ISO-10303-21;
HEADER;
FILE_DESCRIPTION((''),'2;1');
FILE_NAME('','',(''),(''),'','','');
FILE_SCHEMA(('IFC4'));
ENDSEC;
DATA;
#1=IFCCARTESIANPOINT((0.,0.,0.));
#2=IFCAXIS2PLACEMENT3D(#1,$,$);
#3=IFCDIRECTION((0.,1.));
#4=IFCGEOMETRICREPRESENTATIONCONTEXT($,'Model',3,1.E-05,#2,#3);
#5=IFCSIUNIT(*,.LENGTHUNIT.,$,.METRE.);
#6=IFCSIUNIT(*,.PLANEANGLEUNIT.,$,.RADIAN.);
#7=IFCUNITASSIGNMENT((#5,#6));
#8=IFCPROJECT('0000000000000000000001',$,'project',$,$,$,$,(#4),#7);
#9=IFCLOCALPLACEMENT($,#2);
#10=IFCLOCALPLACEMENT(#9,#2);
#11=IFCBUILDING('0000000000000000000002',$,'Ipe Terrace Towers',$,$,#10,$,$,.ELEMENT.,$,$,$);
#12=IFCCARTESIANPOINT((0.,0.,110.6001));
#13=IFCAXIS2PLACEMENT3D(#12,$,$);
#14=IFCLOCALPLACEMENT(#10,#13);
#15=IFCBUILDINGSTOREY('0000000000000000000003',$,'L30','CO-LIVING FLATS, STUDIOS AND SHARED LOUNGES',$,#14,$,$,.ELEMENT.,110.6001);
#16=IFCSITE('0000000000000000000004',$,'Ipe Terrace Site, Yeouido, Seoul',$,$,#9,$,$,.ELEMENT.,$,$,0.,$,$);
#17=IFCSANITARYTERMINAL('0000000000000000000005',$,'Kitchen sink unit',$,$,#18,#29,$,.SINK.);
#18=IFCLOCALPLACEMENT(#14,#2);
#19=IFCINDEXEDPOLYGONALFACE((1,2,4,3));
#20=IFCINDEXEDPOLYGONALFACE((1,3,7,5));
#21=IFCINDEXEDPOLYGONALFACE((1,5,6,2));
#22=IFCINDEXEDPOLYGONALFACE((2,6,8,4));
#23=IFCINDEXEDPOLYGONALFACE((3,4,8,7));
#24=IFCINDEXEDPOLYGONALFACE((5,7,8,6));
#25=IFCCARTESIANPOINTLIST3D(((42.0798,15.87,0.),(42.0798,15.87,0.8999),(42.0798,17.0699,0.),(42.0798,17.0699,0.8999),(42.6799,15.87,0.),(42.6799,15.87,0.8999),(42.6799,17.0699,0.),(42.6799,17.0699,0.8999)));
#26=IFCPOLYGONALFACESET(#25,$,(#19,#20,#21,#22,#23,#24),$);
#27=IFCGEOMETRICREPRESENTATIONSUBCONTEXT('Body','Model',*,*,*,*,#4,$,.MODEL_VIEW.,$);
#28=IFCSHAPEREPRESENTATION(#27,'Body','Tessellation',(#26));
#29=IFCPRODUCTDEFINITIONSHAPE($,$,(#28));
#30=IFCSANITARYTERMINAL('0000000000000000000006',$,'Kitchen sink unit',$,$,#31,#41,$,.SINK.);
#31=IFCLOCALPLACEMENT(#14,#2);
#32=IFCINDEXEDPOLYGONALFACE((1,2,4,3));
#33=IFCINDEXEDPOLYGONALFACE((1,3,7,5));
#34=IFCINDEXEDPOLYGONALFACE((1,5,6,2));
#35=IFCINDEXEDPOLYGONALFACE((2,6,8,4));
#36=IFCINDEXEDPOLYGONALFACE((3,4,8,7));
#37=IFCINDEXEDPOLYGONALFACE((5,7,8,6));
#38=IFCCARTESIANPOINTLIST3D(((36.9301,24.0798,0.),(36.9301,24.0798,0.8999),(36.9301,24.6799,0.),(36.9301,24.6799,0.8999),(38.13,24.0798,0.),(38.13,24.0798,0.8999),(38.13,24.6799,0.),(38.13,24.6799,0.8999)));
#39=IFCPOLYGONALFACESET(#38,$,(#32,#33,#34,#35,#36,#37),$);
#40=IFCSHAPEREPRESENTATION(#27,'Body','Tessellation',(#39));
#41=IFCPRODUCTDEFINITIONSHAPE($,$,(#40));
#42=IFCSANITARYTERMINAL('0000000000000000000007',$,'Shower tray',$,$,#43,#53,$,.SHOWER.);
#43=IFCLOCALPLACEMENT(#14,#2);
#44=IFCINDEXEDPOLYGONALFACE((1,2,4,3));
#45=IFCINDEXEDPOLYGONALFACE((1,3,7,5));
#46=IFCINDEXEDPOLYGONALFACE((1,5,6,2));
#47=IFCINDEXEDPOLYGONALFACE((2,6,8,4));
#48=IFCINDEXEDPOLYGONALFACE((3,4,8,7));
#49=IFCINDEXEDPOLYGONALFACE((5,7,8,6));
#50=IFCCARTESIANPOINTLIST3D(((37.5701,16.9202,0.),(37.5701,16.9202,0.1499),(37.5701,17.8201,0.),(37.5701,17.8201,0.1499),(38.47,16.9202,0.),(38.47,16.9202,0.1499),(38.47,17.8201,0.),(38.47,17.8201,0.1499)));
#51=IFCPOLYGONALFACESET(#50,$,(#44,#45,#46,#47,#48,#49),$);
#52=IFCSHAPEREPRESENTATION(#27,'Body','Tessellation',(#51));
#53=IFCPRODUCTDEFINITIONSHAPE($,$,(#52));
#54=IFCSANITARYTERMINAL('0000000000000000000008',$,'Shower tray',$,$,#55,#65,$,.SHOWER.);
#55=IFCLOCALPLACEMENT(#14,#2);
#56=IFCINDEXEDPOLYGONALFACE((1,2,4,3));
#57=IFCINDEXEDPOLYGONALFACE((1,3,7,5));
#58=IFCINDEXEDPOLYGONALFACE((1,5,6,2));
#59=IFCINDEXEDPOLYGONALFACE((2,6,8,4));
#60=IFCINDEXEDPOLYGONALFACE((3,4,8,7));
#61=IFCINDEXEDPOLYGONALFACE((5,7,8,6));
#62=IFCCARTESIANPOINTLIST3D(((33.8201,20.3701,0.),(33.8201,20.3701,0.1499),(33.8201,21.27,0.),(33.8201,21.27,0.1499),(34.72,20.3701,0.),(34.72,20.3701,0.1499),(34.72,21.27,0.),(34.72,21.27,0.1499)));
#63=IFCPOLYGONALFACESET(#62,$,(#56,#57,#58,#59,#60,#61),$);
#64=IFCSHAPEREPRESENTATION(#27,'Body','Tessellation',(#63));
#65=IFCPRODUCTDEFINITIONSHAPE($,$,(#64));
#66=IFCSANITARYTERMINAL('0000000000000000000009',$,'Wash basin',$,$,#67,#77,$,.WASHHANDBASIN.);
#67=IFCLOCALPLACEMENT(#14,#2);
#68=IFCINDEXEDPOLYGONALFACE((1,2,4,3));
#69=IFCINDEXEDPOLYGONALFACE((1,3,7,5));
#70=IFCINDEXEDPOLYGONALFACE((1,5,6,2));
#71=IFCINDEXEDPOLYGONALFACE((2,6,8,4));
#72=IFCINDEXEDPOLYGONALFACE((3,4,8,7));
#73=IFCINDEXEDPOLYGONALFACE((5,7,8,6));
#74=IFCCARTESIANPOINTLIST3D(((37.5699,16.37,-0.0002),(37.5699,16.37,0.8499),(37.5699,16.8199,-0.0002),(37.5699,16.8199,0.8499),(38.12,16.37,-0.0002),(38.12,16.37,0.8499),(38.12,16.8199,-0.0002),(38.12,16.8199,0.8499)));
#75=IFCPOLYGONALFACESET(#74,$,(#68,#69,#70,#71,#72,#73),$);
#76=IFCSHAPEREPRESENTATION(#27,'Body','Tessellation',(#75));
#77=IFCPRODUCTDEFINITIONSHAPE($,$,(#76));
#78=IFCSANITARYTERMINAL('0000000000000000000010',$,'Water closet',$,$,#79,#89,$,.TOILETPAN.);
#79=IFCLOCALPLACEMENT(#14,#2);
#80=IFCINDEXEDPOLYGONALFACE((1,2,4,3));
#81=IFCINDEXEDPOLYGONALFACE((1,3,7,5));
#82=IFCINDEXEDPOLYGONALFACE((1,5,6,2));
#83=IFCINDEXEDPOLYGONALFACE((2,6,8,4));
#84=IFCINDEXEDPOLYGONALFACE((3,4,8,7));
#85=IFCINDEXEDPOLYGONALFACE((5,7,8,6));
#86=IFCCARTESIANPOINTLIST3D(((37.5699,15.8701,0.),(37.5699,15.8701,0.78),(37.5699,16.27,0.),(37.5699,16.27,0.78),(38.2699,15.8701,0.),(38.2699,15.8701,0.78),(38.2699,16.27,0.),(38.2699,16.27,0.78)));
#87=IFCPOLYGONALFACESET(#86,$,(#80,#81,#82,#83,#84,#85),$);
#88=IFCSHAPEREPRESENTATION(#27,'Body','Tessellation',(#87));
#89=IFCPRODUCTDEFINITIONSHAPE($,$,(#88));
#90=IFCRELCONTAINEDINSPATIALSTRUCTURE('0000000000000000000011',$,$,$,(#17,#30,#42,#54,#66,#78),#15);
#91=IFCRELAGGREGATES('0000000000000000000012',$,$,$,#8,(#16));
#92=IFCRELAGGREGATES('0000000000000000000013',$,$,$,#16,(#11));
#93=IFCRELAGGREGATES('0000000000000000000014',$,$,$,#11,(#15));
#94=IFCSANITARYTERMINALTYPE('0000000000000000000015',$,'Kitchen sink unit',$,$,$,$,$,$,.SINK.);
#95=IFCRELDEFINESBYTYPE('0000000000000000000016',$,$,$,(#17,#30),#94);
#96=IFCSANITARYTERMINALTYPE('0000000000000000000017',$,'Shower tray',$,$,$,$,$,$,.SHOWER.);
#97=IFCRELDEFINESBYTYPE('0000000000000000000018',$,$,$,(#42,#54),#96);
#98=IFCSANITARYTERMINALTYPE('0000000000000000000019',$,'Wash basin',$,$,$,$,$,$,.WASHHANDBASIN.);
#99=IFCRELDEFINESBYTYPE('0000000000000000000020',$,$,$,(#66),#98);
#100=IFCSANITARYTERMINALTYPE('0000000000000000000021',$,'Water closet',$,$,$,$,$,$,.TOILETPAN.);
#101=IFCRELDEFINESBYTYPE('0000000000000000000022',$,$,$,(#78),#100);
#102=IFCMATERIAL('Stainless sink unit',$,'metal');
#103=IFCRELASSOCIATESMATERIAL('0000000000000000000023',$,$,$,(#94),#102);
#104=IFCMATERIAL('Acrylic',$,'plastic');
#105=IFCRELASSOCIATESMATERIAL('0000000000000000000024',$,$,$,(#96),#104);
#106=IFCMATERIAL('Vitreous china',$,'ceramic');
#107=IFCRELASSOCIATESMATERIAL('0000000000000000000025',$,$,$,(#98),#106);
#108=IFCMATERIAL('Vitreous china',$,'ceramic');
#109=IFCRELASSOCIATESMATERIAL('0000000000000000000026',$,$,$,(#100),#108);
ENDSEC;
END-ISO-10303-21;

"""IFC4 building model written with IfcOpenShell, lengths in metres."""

from ifc_helpers import new_model, si_unit, direction, frame, origin, origin_2d, place, context, subcontext, project, spatial, rectangle, extrude, material, type_object, element, save


model = new_model("IFC4")

# Units and contexts
model_context = context("Model", 3, precision=1e-05, world=origin(), true_north=direction((0.0, 1.0)))
body_context = subcontext(model_context, "Body", "Model", "MODEL_VIEW")
ifc_project = project(units=[si_unit("LENGTHUNIT", "METRE"), si_unit("PLANEANGLEUNIT", "RADIAN")], contexts=[model_context])

# Site, building, storey
site_placement = place(None, origin())
site = spatial("IfcSite", under=ifc_project, at=site_placement, Name="Ipe Terrace Site, Yeouido, Seoul", CompositionType="ELEMENT", RefElevation=0.0)
building_placement = place(site_placement, origin())
building = spatial("IfcBuilding", under=site, at=building_placement, Name="Ipe Terrace Towers", CompositionType="ELEMENT")
storey_placement = place(building_placement, frame((0.0, 0.0, 110.6001)))
storey = spatial("IfcBuildingStorey", under=building, at=storey_placement, Name="L30", Description="CO-LIVING FLATS, STUDIOS AND SHARED LOUNGES", CompositionType="ELEMENT", Elevation=110.6001)

# Sanitary terminals
ifc_material_1 = material(Name="Stainless sink unit", Category="metal")
sanitary_terminal_type_1 = type_object("IfcSanitaryTerminalType", Name="Kitchen sink unit", PredefinedType="SINK", material=ifc_material_1)
for number, where, z_axis, x_axis, name in (
    (1, (42.3799, 16.47, 0.0), (0.0, 0.0, 1.0), (0.0, -1.0, 0.0), "Kitchen sink unit"),
    (2, (37.53, 24.3799, 0.0), (0.0, 0.0, 1.0), (1.0, 0.0, 0.0), "Kitchen sink unit"),
):
    element("IfcSanitaryTerminal", number, at=place(storey_placement, frame(where, z_axis=z_axis, x_axis=x_axis)), inside=storey, type_object=sanitary_terminal_type_1, Name=name, PredefinedType="SINK", context=body_context, shape_type="SweptSolid", body=[
        extrude(rectangle(XDim=1.2, YDim=0.6001, at=origin_2d()), origin(), (0.0, 0.0, 1.0), 0.8999),
    ])
ifc_material_2 = material(Name="Acrylic", Category="plastic")
sanitary_terminal_type_2 = type_object("IfcSanitaryTerminalType", Name="Shower tray", PredefinedType="SHOWER", material=ifc_material_2)
for number, where, z_axis, x_axis, name in (
    (3, (38.02, 17.3701, 0.0), (0.0, 0.0, 1.0), (1.0, 0.0, 0.0), "Shower tray"),
    (4, (34.27, 20.8201, 0.0), (0.0, 0.0, 1.0), (1.0, 0.0, 0.0), "Shower tray"),
):
    element("IfcSanitaryTerminal", number, at=place(storey_placement, frame(where, z_axis=z_axis, x_axis=x_axis)), inside=storey, type_object=sanitary_terminal_type_2, Name=name, PredefinedType="SHOWER", context=body_context, shape_type="SweptSolid", body=[
        extrude(rectangle(XDim=0.8999, YDim=0.8999, at=origin_2d()), origin(), (0.0, 0.0, 1.0), 0.1499),
    ])
ifc_material_3 = material(Name="Vitreous china", Category="ceramic")
sanitary_terminal_type_3 = type_object("IfcSanitaryTerminalType", Name="Wash basin", PredefinedType="WASHHANDBASIN", material=ifc_material_3)
sanitary_terminal_1_placement = place(storey_placement, frame((37.845, 16.595, -0.0002), z_axis=(0.0, 0.0, 1.0), x_axis=(1.0, 0.0, 0.0)))
element("IfcSanitaryTerminal", 5, at=sanitary_terminal_1_placement, inside=storey, type_object=sanitary_terminal_type_3, Name="Wash basin", PredefinedType="WASHHANDBASIN", context=body_context, shape_type="SweptSolid", body=[
    extrude(rectangle(XDim=0.55, YDim=0.45, at=origin_2d()), origin(), (0.0, 0.0, 1.0), 0.8501),
])
ifc_material_4 = material(Name="Vitreous china", Category="ceramic")
sanitary_terminal_type_4 = type_object("IfcSanitaryTerminalType", Name="Water closet", PredefinedType="TOILETPAN", material=ifc_material_4)
sanitary_terminal_2_placement = place(storey_placement, frame((37.9199, 16.0701, 0.0), z_axis=(0.0, 0.0, 1.0), x_axis=(1.0, 0.0, 0.0)))
element("IfcSanitaryTerminal", 6, at=sanitary_terminal_2_placement, inside=storey, type_object=sanitary_terminal_type_4, Name="Water closet", PredefinedType="TOILETPAN", context=body_context, shape_type="SweptSolid", body=[
    extrude(rectangle(XDim=0.7, YDim=0.3999, at=origin_2d()), origin(), (0.0, 0.0, 1.0), 0.78),
])

save(model, "model.ifc")
